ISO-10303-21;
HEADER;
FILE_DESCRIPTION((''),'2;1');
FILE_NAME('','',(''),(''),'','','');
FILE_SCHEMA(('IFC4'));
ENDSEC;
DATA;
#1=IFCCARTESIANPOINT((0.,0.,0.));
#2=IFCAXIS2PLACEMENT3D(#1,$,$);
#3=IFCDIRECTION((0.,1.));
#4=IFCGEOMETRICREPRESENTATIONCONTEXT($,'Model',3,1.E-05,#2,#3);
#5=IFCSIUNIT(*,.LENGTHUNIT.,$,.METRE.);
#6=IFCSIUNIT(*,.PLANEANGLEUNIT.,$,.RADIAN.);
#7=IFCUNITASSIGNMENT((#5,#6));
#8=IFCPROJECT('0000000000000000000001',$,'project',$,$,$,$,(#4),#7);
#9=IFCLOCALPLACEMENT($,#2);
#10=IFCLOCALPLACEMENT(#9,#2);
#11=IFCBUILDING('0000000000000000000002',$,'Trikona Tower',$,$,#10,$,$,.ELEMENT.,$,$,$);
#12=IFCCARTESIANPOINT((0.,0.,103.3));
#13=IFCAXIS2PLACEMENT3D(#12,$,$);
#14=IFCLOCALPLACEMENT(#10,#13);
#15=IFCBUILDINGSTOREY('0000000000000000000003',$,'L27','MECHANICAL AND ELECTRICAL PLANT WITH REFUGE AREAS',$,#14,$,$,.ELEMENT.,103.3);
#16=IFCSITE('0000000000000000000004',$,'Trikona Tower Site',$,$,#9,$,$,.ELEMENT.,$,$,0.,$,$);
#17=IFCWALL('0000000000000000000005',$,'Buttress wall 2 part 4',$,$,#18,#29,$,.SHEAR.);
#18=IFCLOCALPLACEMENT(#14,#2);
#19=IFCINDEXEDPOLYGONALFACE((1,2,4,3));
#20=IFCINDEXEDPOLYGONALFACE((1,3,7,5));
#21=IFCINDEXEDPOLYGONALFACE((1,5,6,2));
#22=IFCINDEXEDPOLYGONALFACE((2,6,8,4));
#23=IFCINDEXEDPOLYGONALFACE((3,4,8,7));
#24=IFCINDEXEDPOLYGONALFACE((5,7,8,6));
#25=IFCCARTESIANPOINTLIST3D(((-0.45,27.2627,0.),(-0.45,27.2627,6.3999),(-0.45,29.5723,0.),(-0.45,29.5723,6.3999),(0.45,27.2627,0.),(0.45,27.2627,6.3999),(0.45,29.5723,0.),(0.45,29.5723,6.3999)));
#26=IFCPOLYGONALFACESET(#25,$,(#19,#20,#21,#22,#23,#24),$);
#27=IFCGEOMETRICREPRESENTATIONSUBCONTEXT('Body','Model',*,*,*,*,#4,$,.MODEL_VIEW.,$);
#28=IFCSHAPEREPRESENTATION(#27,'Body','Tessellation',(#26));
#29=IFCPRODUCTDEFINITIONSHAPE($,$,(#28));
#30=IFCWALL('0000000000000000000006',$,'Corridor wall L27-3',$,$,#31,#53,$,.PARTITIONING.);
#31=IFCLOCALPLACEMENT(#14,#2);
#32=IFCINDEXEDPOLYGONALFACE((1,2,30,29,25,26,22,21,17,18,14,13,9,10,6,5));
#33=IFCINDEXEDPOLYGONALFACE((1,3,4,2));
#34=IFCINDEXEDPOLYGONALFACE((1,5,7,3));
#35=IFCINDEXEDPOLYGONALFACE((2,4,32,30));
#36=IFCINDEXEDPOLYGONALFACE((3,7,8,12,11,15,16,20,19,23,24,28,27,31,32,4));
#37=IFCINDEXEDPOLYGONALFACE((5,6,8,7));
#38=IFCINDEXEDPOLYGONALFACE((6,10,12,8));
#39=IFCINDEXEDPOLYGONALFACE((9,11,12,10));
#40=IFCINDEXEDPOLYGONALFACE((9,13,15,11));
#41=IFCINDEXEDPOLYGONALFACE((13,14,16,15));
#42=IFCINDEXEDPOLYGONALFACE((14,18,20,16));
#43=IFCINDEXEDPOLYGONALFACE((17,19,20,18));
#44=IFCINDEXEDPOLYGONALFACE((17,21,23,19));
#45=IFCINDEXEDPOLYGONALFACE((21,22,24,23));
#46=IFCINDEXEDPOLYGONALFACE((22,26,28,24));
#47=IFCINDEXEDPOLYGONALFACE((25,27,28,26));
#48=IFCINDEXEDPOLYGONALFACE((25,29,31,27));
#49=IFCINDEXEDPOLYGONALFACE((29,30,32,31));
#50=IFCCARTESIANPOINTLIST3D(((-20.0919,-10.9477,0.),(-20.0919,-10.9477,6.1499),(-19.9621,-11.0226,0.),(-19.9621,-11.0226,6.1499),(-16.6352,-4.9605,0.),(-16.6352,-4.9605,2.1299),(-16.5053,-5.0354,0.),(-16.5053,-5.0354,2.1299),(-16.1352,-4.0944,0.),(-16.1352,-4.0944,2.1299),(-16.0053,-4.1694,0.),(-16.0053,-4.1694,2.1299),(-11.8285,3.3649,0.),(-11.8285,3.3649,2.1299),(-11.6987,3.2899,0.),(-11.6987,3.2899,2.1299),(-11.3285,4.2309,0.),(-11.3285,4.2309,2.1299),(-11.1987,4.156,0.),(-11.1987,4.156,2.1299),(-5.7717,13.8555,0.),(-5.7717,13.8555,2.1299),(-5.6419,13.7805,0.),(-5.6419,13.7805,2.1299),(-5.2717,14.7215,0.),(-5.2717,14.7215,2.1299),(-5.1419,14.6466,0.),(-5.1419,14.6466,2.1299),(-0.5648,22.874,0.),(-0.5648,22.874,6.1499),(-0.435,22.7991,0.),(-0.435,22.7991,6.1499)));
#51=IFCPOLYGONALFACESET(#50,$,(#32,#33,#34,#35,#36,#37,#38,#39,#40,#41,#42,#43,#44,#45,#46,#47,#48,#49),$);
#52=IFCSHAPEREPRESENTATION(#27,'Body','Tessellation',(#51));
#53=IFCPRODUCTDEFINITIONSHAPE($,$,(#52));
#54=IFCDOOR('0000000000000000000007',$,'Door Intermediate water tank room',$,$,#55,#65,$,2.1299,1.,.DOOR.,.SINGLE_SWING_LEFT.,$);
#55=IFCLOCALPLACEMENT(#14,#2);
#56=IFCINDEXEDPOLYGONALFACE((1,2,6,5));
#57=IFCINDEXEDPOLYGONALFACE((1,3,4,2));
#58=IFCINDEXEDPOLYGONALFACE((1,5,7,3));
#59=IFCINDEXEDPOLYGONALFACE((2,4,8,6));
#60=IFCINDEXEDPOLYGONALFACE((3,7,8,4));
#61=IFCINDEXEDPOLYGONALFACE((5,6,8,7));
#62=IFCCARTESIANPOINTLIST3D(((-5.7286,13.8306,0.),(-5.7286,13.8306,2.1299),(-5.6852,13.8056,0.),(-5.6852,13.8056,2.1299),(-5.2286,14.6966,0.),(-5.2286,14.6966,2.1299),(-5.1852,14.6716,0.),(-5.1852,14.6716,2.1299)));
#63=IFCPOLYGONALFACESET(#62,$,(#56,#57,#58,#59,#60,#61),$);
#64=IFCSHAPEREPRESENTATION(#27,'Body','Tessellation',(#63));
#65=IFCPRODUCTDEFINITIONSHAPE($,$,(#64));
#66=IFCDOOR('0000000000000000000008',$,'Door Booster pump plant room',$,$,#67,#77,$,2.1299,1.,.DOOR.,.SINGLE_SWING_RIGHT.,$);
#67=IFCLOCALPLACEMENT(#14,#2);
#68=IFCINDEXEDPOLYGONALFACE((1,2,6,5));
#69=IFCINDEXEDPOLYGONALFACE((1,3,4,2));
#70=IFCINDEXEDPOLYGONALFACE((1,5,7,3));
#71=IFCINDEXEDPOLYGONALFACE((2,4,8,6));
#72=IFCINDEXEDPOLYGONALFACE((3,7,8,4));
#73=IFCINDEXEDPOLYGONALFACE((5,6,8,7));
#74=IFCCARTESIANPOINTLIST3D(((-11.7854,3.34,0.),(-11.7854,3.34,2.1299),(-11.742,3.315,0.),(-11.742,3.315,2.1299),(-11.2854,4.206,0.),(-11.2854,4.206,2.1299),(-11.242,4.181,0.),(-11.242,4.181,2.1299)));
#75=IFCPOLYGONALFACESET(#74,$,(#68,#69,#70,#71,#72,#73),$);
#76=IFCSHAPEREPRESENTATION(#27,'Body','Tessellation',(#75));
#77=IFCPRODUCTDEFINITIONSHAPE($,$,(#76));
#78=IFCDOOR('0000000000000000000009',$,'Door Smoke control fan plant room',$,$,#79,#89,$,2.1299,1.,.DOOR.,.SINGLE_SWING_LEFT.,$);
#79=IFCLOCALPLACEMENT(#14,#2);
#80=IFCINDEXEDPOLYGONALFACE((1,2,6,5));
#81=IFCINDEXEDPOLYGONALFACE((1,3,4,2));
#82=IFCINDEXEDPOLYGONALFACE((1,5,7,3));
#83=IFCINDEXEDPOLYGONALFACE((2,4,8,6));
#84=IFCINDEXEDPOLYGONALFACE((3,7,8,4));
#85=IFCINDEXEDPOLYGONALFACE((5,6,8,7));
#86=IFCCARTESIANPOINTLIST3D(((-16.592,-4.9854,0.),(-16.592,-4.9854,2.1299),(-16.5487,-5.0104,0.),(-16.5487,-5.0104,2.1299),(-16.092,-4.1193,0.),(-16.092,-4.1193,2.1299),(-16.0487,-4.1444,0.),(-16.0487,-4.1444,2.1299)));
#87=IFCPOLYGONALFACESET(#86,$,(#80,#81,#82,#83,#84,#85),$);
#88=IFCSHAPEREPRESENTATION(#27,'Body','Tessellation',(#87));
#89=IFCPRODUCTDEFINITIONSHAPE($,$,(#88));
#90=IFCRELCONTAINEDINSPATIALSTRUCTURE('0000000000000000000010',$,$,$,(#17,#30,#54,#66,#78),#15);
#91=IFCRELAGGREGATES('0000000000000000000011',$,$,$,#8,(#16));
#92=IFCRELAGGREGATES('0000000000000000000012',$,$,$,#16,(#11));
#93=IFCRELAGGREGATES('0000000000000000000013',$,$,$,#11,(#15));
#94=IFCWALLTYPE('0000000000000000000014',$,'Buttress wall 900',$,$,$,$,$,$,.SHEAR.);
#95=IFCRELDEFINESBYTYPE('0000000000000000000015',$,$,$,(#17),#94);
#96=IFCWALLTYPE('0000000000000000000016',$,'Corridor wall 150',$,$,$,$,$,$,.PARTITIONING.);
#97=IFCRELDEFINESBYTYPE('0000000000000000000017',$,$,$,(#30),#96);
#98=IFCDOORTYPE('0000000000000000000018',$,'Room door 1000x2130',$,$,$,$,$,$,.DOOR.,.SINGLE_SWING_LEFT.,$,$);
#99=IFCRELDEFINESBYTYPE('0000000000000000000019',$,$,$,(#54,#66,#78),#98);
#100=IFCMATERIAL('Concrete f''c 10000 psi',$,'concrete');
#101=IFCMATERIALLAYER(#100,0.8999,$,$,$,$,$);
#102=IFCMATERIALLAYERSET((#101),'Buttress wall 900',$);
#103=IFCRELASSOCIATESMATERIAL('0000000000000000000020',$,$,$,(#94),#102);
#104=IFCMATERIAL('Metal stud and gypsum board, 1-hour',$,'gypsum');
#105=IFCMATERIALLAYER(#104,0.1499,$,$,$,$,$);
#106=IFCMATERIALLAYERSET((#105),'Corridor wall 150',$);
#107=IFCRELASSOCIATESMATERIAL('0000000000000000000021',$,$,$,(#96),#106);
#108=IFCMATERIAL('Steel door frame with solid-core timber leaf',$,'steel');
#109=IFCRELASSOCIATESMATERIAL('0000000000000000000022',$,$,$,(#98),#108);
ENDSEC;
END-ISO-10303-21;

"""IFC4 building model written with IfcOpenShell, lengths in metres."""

from ifc_helpers import new_model, si_unit, direction, frame, frame_2d, origin, place, context, subcontext, project, spatial, rectangle, extrude, material, layer, layer_set, type_object, element, fill, save


model = new_model("IFC4")

# Units and contexts
model_context = context("Model", 3, precision=1e-05, world=origin(), true_north=direction((0.0, 1.0)))
body_context = subcontext(model_context, "Body", "Model", "MODEL_VIEW")
ifc_project = project(units=[si_unit("LENGTHUNIT", "METRE"), si_unit("PLANEANGLEUNIT", "RADIAN")], contexts=[model_context])

# Site, building, storey
site_placement = place(None, origin())
site = spatial("IfcSite", under=ifc_project, at=site_placement, Name="Trikona Tower Site", CompositionType="ELEMENT", RefElevation=0.0)
building_placement = place(site_placement, origin())
building = spatial("IfcBuilding", under=site, at=building_placement, Name="Trikona Tower", CompositionType="ELEMENT")
storey_placement = place(building_placement, frame((0.0, 0.0, 103.3)))
storey = spatial("IfcBuildingStorey", under=building, at=storey_placement, Name="L27", Description="MECHANICAL AND ELECTRICAL PLANT WITH REFUGE AREAS", CompositionType="ELEMENT", Elevation=103.3)

# Shared definitions
ifc_material_1 = material(Name="Concrete f'c 10000 psi", Category="concrete")
ifc_layer_1 = layer(ifc_material_1, 0.8999)
ifc_layer_set_1 = layer_set([ifc_layer_1], Name="Buttress wall 900")
wall_type_1 = type_object("IfcWallType", Name="Buttress wall 900", PredefinedType="SHEAR", material=ifc_layer_set_1)

# Wall
wall_1_placement = place(storey_placement, frame((0.0, 27.2627, 0.0), z_axis=(0.0, 0.0, 1.0), x_axis=(0.0, 1.0, 0.0)))
element("IfcWall", 1, at=wall_1_placement, inside=storey, type_object=wall_type_1, Name="Buttress wall 2 part 4", PredefinedType="SHEAR", context=body_context, shape_type="SweptSolid", body=[
    extrude(rectangle(XDim=2.3096, YDim=0.8999, at=frame_2d((1.1548, 0.0))), origin(), (0.0, 0.0, 1.0), 6.3999),
])

# Wall, openings, doors
ifc_material_2 = material(Name="Metal stud and gypsum board, 1-hour", Category="gypsum")
ifc_layer_2 = layer(ifc_material_2, 0.1499)
ifc_layer_set_2 = layer_set([ifc_layer_2], Name="Corridor wall 150")
wall_type_2 = type_object("IfcWallType", Name="Corridor wall 150", PredefinedType="PARTITIONING", material=ifc_layer_set_2)
wall_2_placement = place(storey_placement, frame((-0.5, 22.8364, 0.0), z_axis=(0.0, 0.0, 1.0), x_axis=(-0.500002, -0.866024, 0.0)))
wall_2 = element("IfcWall", 2, at=wall_2_placement, inside=storey, type_object=wall_type_2, Name="Corridor wall L27-3", PredefinedType="PARTITIONING", context=body_context, shape_type="SweptSolid", body=[
    extrude(rectangle(XDim=39.054, YDim=0.1499, at=frame_2d((19.5269, 0.0))), origin(), (0.0, 0.0, 1.0), 6.1499),
])
opening_1_placement = place(wall_2_placement, frame((9.4136, 0.0, 0.0)))
opening_1 = element("IfcOpeningElement", 3, at=opening_1_placement, cuts=wall_2, PredefinedType="OPENING", context=body_context, shape_type="SweptSolid", body=[
    extrude(rectangle(XDim=1.0, YDim=2.1299, at=frame_2d((0.5, 1.0649))), frame((0.0, 0.085, 0.0), z_axis=(0.0, -1.0, 0.0), x_axis=(1.0, 0.0, 0.0)), (0.0, 0.0, 1.0), 0.1699),
])
opening_2_placement = place(wall_2_placement, frame((21.5271, 0.0, 0.0)))
opening_2 = element("IfcOpeningElement", 4, at=opening_2_placement, cuts=wall_2, PredefinedType="OPENING", context=body_context, shape_type="SweptSolid", body=[
    extrude(rectangle(XDim=1.0, YDim=2.1299, at=frame_2d((0.5, 1.0649))), frame((0.0, 0.085, 0.0), z_axis=(0.0, -1.0, 0.0), x_axis=(1.0, 0.0, 0.0)), (0.0, 0.0, 1.0), 0.1699),
])
opening_3_placement = place(wall_2_placement, frame((31.1404, 0.0, 0.0)))
opening_3 = element("IfcOpeningElement", 5, at=opening_3_placement, cuts=wall_2, PredefinedType="OPENING", context=body_context, shape_type="SweptSolid", body=[
    extrude(rectangle(XDim=1.0, YDim=2.1299, at=frame_2d((0.5, 1.0649))), frame((0.0, 0.085, 0.0), z_axis=(0.0, -1.0, 0.0), x_axis=(1.0, 0.0, 0.0)), (0.0, 0.0, 1.0), 0.1699),
])
ifc_material_3 = material(Name="Steel door frame with solid-core timber leaf", Category="steel")
door_type_1 = type_object("IfcDoorType", Name="Room door 1000x2130", OperationType="SINGLE_SWING_LEFT", PredefinedType="DOOR", material=ifc_material_3)
door_1_placement = place(opening_1_placement, origin())
door_1 = element("IfcDoor", 6, at=door_1_placement, inside=storey, type_object=door_type_1, Name="Door Intermediate water tank room", OperationType="SINGLE_SWING_LEFT", OverallHeight=2.1299, OverallWidth=1.0, PredefinedType="DOOR", context=body_context, shape_type="SweptSolid", body=[
    extrude(rectangle(XDim=1.0, YDim=2.1299, at=frame_2d((0.5, 1.0649))), frame((0.0, 0.0249, 0.0), z_axis=(0.0, -1.0, 0.0), x_axis=(1.0, 0.0, 0.0)), (0.0, 0.0, 1.0), 0.05),
])
fill(opening_1, door_1)
door_2_placement = place(opening_2_placement, origin())
door_2 = element("IfcDoor", 7, at=door_2_placement, inside=storey, type_object=door_type_1, Name="Door Booster pump plant room", OperationType="SINGLE_SWING_RIGHT", OverallHeight=2.1299, OverallWidth=1.0, PredefinedType="DOOR", context=body_context, shape_type="SweptSolid", body=[
    extrude(rectangle(XDim=1.0, YDim=2.1299, at=frame_2d((0.5, 1.0649))), frame((0.0, 0.0249, 0.0), z_axis=(0.0, -1.0, 0.0), x_axis=(1.0, 0.0, 0.0)), (0.0, 0.0, 1.0), 0.05),
])
fill(opening_2, door_2)
door_3_placement = place(opening_3_placement, origin())
door_3 = element("IfcDoor", 8, at=door_3_placement, inside=storey, type_object=door_type_1, Name="Door Smoke control fan plant room", OperationType="SINGLE_SWING_LEFT", OverallHeight=2.1299, OverallWidth=1.0, PredefinedType="DOOR", context=body_context, shape_type="SweptSolid", body=[
    extrude(rectangle(XDim=1.0, YDim=2.1299, at=frame_2d((0.5, 1.0649))), frame((0.0, 0.0249, 0.0), z_axis=(0.0, -1.0, 0.0), x_axis=(1.0, 0.0, 0.0)), (0.0, 0.0, 1.0), 0.05),
])
fill(opening_3, door_3)

save(model, "model.ifc")
